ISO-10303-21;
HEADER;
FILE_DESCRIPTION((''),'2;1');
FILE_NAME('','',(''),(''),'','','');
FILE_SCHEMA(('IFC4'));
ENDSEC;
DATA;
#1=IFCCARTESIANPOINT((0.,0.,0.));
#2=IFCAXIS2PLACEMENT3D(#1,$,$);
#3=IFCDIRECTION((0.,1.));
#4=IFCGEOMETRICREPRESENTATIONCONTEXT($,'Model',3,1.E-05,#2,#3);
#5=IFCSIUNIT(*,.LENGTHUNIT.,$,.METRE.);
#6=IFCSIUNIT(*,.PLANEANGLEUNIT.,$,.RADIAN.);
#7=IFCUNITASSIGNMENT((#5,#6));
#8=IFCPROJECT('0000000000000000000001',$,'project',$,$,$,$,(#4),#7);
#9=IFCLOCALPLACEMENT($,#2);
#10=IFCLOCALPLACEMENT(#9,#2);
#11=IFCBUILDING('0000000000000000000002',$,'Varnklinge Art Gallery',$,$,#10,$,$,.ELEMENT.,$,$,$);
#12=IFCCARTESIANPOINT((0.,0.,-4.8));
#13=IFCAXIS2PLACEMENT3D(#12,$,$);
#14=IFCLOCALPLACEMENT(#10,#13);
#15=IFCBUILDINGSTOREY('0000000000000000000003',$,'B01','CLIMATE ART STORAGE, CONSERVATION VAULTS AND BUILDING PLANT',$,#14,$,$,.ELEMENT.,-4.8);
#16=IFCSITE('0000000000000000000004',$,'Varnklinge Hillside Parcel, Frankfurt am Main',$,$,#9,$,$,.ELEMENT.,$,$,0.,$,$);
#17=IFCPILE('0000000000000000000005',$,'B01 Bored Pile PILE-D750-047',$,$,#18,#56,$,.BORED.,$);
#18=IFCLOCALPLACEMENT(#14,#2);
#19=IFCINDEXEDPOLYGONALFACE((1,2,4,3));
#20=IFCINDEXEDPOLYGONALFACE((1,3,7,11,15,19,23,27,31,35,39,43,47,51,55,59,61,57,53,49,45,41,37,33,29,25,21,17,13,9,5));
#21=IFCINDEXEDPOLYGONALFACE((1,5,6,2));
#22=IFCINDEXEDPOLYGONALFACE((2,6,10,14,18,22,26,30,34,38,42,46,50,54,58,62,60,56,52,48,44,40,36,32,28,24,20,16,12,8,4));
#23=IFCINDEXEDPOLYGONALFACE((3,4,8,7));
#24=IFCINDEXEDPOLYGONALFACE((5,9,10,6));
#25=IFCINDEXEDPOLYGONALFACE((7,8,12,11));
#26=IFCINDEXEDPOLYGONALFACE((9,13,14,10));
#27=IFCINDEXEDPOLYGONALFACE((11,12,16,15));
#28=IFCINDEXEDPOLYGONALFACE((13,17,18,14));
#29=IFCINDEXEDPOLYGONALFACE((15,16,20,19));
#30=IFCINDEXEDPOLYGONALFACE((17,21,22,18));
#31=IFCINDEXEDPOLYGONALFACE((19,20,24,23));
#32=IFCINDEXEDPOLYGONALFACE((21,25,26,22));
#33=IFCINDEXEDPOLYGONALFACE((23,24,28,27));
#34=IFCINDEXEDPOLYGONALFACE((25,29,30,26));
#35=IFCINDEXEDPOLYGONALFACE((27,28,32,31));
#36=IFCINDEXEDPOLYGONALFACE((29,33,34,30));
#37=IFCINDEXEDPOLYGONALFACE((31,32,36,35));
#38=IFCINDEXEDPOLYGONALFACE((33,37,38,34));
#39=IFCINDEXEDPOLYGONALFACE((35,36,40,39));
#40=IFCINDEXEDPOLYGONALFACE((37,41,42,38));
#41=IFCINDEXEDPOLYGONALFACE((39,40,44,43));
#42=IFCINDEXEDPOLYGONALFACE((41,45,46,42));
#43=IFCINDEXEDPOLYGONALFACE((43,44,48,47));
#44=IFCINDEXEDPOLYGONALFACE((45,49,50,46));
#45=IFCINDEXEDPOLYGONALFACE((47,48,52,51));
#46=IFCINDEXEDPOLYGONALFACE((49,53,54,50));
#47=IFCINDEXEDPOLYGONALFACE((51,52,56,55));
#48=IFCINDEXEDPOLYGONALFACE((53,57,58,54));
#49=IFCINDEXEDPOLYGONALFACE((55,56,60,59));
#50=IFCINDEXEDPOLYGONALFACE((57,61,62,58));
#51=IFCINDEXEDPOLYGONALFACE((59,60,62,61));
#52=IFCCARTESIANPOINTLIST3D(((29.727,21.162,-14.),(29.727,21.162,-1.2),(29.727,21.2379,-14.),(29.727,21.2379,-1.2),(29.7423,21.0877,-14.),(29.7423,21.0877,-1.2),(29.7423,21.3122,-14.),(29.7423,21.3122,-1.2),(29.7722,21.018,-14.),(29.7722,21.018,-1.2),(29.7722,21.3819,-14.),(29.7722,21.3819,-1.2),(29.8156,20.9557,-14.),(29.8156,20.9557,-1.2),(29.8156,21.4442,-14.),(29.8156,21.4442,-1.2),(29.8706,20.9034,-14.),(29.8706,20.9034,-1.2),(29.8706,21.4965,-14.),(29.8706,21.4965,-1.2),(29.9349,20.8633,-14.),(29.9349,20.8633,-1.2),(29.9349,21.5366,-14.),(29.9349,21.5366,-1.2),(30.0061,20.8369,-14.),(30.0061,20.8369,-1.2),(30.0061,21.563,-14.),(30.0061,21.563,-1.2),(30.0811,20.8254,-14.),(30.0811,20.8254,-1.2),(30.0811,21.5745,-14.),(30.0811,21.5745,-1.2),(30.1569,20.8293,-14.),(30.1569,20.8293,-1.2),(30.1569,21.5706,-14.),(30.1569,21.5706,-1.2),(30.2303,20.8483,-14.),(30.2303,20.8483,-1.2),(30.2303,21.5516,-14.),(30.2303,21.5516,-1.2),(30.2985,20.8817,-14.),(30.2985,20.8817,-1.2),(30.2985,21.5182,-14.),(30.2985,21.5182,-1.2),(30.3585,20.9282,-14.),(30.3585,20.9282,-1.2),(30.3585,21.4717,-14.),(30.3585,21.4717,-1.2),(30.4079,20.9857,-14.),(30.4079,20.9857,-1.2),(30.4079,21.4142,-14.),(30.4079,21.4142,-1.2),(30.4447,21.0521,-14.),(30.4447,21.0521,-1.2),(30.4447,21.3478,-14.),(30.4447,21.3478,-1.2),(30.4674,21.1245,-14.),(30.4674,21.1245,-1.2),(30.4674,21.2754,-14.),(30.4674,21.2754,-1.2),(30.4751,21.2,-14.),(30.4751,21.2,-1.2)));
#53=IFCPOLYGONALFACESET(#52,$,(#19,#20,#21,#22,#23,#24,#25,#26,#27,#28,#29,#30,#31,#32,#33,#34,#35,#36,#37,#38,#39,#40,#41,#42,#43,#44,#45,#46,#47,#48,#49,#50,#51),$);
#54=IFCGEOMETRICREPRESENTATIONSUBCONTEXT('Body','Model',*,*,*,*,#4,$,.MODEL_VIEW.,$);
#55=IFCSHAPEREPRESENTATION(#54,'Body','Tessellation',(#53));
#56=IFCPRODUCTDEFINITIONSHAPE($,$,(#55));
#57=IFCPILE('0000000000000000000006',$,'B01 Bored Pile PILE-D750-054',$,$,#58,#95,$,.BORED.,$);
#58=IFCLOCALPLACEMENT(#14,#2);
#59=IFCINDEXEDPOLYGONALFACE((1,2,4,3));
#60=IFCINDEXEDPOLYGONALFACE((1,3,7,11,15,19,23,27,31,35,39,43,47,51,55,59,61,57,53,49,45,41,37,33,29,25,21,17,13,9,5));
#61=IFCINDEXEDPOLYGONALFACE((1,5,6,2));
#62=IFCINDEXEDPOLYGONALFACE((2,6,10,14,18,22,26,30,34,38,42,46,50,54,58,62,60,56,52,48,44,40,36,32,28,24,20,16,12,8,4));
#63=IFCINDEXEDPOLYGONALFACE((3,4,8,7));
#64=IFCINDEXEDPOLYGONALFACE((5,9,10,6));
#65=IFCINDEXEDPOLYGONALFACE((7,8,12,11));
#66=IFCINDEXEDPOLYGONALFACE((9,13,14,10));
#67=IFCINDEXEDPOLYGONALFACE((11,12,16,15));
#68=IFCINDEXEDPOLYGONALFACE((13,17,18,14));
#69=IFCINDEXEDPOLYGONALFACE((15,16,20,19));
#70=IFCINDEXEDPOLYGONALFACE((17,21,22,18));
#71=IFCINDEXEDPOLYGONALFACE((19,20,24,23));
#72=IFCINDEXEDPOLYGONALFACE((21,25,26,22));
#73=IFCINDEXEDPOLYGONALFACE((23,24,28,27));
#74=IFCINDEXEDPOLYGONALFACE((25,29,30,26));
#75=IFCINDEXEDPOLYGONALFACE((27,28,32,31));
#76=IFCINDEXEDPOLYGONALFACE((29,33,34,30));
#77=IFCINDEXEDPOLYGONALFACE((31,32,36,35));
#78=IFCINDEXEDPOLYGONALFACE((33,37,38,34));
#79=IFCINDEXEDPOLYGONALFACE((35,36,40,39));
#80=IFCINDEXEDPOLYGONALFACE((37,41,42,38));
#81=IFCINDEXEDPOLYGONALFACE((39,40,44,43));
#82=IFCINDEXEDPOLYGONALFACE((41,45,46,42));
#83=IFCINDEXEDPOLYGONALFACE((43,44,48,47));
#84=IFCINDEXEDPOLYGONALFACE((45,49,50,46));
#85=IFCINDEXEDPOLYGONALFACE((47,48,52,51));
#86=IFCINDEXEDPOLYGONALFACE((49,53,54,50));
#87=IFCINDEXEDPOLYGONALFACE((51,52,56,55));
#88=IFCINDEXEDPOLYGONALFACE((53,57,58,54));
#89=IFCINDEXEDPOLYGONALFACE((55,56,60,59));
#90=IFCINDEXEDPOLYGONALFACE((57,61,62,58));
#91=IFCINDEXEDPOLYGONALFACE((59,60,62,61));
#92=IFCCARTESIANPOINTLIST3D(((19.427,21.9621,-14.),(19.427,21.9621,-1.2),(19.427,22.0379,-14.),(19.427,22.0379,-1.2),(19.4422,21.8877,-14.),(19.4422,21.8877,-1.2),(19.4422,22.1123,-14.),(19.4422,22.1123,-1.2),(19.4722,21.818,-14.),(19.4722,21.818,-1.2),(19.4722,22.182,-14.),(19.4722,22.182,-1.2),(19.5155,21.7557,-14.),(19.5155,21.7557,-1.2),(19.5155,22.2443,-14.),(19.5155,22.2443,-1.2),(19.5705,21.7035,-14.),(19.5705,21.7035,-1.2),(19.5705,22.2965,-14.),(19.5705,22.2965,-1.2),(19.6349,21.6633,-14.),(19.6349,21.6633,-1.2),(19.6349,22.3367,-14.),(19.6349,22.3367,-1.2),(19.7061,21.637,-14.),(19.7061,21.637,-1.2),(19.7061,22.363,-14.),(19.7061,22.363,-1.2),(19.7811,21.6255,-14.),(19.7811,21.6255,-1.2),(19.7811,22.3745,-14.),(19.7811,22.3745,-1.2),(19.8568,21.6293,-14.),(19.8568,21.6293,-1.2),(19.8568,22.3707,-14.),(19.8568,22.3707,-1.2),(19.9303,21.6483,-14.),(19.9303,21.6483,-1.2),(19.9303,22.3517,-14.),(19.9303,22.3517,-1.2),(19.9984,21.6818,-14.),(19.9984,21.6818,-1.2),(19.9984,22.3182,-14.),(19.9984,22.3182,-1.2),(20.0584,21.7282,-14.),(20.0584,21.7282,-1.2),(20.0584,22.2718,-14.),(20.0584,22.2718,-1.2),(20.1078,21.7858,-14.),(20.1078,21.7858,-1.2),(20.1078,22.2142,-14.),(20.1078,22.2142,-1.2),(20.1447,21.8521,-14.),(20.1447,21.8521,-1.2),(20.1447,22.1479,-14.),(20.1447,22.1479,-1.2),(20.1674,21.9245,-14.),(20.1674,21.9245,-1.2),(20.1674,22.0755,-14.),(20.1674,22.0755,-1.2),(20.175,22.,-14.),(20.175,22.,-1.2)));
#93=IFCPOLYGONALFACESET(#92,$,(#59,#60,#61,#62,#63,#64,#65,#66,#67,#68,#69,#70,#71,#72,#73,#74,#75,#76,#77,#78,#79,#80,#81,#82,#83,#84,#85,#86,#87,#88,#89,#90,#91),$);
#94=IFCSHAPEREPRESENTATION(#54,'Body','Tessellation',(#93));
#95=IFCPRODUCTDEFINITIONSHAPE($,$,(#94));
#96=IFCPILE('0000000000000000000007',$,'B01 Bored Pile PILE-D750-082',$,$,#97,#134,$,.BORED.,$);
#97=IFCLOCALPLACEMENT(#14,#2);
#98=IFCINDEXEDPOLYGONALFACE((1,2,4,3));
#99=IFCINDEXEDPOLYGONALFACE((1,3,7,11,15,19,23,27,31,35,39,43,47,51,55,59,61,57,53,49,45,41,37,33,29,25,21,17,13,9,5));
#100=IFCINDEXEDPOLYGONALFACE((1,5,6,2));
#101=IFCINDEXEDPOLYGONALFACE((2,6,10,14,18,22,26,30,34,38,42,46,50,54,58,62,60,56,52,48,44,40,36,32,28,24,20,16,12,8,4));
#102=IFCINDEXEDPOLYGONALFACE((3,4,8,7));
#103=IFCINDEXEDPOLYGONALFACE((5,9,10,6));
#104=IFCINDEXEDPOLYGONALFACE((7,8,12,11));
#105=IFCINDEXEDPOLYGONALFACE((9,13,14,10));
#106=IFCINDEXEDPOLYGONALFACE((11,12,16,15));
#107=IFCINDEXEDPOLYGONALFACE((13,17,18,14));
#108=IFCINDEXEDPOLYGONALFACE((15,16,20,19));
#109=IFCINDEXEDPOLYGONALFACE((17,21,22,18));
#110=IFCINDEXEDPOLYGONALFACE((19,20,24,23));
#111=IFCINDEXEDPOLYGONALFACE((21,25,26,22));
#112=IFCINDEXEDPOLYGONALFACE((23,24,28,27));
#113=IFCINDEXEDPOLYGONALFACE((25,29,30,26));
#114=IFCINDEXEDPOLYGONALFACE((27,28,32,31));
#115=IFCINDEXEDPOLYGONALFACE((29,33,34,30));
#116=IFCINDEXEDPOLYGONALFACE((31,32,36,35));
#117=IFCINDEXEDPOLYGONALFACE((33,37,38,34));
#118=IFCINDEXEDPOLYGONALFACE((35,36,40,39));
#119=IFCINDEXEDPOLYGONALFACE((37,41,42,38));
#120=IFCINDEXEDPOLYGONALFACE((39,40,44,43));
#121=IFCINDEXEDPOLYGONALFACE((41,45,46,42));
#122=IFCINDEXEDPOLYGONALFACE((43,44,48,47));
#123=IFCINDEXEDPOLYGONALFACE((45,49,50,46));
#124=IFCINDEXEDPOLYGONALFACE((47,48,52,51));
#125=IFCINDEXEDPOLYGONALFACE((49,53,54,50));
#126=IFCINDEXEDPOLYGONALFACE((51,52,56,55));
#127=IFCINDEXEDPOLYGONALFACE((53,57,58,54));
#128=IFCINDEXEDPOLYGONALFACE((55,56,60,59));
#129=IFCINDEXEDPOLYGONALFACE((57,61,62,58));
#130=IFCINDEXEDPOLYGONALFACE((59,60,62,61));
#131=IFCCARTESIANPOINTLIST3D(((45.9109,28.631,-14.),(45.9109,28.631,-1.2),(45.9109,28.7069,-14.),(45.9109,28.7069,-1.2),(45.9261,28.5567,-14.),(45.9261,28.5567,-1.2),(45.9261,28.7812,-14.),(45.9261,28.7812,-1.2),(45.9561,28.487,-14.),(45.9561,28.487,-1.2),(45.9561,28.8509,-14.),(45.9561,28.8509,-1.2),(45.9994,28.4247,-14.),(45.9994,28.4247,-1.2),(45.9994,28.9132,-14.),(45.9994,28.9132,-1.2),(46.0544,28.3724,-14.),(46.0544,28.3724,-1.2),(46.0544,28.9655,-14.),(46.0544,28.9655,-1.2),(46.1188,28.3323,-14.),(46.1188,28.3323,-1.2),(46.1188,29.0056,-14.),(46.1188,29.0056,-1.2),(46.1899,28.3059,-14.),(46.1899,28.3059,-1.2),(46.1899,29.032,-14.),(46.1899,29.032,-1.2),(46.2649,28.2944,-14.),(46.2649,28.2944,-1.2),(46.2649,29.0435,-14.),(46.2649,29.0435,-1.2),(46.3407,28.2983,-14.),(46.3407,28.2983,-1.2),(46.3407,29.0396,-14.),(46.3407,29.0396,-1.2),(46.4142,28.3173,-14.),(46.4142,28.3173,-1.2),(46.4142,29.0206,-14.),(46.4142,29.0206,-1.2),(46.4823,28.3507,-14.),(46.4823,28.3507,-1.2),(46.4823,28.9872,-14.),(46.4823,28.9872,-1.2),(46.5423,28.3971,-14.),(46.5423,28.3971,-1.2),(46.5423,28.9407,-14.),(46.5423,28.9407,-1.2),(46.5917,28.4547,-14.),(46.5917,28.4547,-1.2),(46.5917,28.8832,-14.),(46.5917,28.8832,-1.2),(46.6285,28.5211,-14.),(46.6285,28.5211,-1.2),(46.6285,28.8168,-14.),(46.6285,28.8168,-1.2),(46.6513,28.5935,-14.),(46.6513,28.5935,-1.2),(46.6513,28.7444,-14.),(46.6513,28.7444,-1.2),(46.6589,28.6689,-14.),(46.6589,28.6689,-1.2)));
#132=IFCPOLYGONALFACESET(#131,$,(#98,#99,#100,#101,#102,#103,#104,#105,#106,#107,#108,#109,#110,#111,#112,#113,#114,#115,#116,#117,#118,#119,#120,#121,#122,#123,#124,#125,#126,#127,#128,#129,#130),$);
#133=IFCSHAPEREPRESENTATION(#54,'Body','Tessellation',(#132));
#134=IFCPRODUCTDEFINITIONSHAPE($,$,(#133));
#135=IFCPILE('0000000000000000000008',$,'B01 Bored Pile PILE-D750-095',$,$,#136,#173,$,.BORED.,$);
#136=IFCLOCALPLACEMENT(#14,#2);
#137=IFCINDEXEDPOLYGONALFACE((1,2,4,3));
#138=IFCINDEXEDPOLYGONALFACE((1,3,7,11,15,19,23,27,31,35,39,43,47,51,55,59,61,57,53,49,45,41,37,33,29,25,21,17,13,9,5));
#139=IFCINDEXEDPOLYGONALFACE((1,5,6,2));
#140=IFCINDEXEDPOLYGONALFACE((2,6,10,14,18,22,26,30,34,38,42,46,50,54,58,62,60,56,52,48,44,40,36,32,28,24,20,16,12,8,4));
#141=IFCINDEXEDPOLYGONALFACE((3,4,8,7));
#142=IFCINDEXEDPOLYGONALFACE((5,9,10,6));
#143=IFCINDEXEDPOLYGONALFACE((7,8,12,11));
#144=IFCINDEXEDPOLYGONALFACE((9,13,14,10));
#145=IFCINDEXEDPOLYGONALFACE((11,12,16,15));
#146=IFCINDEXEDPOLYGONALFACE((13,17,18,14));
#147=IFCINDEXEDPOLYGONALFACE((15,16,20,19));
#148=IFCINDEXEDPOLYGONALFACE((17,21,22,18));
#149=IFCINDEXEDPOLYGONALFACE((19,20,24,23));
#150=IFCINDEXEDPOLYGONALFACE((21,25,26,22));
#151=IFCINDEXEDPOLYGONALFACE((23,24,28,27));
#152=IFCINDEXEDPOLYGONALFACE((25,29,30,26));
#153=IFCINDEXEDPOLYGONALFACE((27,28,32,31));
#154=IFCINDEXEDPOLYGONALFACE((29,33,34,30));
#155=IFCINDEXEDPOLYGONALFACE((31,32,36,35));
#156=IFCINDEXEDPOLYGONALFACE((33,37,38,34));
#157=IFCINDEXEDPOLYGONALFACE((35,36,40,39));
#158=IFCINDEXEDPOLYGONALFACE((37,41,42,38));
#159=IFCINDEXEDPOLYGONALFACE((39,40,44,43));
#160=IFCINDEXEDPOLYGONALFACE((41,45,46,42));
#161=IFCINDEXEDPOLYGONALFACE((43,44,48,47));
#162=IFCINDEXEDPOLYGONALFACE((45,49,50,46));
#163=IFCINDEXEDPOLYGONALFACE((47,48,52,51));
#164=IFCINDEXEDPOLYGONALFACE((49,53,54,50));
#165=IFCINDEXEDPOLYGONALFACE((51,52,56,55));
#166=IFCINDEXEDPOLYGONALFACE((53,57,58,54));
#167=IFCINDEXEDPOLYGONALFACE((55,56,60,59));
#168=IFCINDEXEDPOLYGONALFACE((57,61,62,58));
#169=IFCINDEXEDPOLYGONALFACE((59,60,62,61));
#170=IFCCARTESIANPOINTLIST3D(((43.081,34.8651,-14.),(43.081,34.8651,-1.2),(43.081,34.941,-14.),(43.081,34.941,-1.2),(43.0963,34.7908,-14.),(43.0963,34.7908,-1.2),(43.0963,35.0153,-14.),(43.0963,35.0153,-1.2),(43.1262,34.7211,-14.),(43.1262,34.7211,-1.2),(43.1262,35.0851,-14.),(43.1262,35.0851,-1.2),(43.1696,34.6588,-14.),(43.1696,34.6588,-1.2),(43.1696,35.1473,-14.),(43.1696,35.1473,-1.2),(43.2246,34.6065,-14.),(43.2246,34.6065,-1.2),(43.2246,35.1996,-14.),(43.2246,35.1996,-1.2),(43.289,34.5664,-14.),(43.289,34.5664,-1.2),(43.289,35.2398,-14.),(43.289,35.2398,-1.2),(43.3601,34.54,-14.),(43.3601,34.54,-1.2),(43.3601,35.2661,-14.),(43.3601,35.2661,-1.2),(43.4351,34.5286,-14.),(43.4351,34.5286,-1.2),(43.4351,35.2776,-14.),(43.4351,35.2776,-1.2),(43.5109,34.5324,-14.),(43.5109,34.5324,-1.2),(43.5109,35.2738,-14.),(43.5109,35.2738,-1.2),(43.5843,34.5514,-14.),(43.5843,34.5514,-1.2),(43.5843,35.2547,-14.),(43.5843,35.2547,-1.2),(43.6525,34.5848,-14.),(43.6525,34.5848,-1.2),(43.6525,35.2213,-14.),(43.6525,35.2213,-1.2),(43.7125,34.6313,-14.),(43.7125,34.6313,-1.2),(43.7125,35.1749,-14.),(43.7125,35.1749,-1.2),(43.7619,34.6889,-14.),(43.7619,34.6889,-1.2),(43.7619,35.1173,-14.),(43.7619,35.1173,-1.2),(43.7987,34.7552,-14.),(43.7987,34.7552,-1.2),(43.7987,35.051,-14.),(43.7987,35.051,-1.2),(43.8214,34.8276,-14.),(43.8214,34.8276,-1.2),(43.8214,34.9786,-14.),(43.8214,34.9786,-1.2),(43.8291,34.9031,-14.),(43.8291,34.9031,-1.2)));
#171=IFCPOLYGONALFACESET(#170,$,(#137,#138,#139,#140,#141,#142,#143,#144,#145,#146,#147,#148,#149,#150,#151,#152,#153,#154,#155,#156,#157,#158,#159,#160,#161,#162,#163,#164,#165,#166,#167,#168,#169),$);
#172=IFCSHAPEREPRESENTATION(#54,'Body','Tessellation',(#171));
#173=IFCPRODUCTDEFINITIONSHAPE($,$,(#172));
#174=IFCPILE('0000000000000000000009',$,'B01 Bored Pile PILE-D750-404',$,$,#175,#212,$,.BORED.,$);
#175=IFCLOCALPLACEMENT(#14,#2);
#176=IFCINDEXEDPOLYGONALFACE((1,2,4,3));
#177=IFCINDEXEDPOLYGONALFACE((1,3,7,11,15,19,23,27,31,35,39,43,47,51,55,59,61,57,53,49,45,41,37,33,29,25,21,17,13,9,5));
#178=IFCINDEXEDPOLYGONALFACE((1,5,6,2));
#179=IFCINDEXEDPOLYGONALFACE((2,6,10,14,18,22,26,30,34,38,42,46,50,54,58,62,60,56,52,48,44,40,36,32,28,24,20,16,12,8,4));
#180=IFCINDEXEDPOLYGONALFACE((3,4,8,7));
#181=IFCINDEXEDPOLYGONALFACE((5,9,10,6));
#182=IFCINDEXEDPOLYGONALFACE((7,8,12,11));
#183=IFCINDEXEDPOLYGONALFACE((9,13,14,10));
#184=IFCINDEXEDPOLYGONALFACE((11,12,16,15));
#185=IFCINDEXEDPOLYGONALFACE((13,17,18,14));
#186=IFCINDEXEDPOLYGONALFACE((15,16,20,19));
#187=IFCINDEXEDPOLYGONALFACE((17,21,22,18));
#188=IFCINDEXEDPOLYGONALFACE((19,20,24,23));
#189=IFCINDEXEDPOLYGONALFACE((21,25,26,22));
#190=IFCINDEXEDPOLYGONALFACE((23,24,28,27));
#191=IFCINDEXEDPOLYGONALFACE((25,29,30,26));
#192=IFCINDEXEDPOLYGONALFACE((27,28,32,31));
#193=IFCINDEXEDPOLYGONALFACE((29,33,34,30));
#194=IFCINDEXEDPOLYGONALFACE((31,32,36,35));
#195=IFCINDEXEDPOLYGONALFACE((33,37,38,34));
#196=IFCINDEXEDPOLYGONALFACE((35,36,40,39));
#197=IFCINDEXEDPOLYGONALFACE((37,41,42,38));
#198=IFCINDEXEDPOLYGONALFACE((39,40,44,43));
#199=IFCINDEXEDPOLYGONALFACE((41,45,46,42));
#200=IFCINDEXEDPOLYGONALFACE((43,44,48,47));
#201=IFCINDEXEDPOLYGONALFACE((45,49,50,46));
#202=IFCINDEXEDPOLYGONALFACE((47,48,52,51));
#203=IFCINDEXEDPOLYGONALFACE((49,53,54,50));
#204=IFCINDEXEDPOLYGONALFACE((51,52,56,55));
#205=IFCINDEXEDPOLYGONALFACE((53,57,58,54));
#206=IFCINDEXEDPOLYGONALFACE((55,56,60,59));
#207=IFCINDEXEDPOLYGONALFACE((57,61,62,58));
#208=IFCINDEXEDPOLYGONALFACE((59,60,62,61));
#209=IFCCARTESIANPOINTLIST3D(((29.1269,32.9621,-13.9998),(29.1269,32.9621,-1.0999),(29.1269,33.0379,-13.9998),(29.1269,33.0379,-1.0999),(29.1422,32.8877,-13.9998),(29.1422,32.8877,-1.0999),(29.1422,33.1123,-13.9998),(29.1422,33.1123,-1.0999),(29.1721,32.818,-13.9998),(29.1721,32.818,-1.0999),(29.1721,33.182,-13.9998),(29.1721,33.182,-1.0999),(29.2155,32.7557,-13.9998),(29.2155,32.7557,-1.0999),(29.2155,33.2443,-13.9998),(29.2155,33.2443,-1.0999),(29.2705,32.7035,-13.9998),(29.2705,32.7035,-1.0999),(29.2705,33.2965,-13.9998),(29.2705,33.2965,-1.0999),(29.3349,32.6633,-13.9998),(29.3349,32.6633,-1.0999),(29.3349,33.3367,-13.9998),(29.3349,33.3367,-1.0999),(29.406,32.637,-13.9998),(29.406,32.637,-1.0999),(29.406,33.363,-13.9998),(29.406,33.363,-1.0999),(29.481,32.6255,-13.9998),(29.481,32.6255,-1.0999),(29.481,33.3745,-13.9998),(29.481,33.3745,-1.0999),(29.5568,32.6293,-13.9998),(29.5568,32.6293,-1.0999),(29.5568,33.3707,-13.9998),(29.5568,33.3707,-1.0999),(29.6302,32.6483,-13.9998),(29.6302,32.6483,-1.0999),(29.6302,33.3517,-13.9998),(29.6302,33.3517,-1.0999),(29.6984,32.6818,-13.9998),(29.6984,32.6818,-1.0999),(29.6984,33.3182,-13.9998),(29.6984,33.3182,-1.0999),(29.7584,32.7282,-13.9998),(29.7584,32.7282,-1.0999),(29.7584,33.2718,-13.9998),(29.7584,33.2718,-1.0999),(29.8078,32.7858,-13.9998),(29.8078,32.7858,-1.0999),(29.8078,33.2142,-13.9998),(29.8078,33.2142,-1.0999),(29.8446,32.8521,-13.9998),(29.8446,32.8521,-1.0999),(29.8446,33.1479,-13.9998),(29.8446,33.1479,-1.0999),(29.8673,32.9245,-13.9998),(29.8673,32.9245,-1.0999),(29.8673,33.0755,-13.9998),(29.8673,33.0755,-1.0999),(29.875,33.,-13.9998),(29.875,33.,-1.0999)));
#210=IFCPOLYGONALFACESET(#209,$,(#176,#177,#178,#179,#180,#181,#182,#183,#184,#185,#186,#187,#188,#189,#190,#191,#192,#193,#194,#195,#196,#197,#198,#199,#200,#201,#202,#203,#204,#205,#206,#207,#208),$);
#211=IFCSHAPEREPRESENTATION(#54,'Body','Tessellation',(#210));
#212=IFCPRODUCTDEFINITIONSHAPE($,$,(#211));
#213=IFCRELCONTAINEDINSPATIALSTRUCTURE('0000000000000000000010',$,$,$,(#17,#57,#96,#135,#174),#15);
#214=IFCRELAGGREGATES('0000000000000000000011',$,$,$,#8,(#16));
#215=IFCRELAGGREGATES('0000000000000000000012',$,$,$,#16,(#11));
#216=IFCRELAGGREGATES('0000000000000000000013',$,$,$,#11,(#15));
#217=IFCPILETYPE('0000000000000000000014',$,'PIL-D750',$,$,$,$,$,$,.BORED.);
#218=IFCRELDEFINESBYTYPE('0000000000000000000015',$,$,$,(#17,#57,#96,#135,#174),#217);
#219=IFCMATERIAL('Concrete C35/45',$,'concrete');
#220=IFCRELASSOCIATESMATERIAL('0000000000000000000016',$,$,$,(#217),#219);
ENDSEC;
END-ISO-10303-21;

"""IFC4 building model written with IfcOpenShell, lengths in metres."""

from ifc_helpers import new_model, si_unit, direction, frame, origin, origin_2d, place, context, subcontext, project, spatial, circle, extrude, material, material_profile, profile_set, type_object, element, save


model = new_model("IFC4")

# Units and contexts
model_context = context("Model", 3, precision=1e-05, world=origin(), true_north=direction((0.0, 1.0)))
body_context = subcontext(model_context, "Body", "Model", "MODEL_VIEW")
ifc_project = project(units=[si_unit("LENGTHUNIT", "METRE"), si_unit("PLANEANGLEUNIT", "RADIAN")], contexts=[model_context])

# Site, building, storey
site_placement = place(None, origin())
site = spatial("IfcSite", under=ifc_project, at=site_placement, Name="Varnklinge Hillside Parcel, Frankfurt am Main", CompositionType="ELEMENT", RefElevation=0.0)
building_placement = place(site_placement, origin())
building = spatial("IfcBuilding", under=site, at=building_placement, Name="Varnklinge Art Gallery", CompositionType="ELEMENT")
storey_placement = place(building_placement, frame((0.0, 0.0, -4.8)))
storey = spatial("IfcBuildingStorey", under=building, at=storey_placement, Name="B01", Description="CLIMATE ART STORAGE, CONSERVATION VAULTS AND BUILDING PLANT", CompositionType="ELEMENT", Elevation=-4.8)

# Piles
ifc_material_1 = material(Name="Concrete C35/45", Category="concrete")
ifc_material_profile_1 = material_profile(ifc_material_1, circle(Radius=0.375, at=origin_2d()), Name="PILE D750")
ifc_profile_set_1 = profile_set([ifc_material_profile_1], Name="Concrete C35/45")
pile_type = type_object("IfcPileType", Name="PIL-D750", PredefinedType="BORED", material=ifc_profile_set_1)
for number, where, z_axis, x_axis, name in (
    (1, (30.1001, 21.2, -1.2), (0.0, 0.0, -1.0), (1.0, 0.0, 0.0), "B01 Bored Pile PILE-D750-047"),
    (2, (19.8, 22.0, -1.2), (0.0, 0.0, -1.0), (1.0, 0.0, 0.0), "B01 Bored Pile PILE-D750-054"),
    (3, (46.2839, 28.6689, -1.2), (0.0, 0.0, -1.0), (1.0, 0.0, 0.0), "B01 Bored Pile PILE-D750-082"),
    (4, (43.4541, 34.9031, -1.2), (0.0, 0.0, -1.0), (1.0, 0.0, 0.0), "B01 Bored Pile PILE-D750-095"),
):
    element("IfcPile", number, at=place(storey_placement, frame(where, z_axis=z_axis, x_axis=x_axis)), inside=storey, type_object=pile_type, Name=name, PredefinedType="BORED", context=body_context, shape_type="SweptSolid", body=[
        extrude(circle(Radius=0.375, at=origin_2d()), origin(), (0.0, 0.0, 1.0), 12.8),
    ])
pile_placement = place(storey_placement, frame((29.5, 33.0, -1.0999), z_axis=(0.0, 0.0, -1.0), x_axis=(1.0, 0.0, 0.0)))
element("IfcPile", 5, at=pile_placement, inside=storey, type_object=pile_type, Name="B01 Bored Pile PILE-D750-404", PredefinedType="BORED", context=body_context, shape_type="SweptSolid", body=[
    extrude(circle(Radius=0.375, at=origin_2d()), origin(), (0.0, 0.0, 1.0), 12.8999),
])

save(model, "model.ifc")
